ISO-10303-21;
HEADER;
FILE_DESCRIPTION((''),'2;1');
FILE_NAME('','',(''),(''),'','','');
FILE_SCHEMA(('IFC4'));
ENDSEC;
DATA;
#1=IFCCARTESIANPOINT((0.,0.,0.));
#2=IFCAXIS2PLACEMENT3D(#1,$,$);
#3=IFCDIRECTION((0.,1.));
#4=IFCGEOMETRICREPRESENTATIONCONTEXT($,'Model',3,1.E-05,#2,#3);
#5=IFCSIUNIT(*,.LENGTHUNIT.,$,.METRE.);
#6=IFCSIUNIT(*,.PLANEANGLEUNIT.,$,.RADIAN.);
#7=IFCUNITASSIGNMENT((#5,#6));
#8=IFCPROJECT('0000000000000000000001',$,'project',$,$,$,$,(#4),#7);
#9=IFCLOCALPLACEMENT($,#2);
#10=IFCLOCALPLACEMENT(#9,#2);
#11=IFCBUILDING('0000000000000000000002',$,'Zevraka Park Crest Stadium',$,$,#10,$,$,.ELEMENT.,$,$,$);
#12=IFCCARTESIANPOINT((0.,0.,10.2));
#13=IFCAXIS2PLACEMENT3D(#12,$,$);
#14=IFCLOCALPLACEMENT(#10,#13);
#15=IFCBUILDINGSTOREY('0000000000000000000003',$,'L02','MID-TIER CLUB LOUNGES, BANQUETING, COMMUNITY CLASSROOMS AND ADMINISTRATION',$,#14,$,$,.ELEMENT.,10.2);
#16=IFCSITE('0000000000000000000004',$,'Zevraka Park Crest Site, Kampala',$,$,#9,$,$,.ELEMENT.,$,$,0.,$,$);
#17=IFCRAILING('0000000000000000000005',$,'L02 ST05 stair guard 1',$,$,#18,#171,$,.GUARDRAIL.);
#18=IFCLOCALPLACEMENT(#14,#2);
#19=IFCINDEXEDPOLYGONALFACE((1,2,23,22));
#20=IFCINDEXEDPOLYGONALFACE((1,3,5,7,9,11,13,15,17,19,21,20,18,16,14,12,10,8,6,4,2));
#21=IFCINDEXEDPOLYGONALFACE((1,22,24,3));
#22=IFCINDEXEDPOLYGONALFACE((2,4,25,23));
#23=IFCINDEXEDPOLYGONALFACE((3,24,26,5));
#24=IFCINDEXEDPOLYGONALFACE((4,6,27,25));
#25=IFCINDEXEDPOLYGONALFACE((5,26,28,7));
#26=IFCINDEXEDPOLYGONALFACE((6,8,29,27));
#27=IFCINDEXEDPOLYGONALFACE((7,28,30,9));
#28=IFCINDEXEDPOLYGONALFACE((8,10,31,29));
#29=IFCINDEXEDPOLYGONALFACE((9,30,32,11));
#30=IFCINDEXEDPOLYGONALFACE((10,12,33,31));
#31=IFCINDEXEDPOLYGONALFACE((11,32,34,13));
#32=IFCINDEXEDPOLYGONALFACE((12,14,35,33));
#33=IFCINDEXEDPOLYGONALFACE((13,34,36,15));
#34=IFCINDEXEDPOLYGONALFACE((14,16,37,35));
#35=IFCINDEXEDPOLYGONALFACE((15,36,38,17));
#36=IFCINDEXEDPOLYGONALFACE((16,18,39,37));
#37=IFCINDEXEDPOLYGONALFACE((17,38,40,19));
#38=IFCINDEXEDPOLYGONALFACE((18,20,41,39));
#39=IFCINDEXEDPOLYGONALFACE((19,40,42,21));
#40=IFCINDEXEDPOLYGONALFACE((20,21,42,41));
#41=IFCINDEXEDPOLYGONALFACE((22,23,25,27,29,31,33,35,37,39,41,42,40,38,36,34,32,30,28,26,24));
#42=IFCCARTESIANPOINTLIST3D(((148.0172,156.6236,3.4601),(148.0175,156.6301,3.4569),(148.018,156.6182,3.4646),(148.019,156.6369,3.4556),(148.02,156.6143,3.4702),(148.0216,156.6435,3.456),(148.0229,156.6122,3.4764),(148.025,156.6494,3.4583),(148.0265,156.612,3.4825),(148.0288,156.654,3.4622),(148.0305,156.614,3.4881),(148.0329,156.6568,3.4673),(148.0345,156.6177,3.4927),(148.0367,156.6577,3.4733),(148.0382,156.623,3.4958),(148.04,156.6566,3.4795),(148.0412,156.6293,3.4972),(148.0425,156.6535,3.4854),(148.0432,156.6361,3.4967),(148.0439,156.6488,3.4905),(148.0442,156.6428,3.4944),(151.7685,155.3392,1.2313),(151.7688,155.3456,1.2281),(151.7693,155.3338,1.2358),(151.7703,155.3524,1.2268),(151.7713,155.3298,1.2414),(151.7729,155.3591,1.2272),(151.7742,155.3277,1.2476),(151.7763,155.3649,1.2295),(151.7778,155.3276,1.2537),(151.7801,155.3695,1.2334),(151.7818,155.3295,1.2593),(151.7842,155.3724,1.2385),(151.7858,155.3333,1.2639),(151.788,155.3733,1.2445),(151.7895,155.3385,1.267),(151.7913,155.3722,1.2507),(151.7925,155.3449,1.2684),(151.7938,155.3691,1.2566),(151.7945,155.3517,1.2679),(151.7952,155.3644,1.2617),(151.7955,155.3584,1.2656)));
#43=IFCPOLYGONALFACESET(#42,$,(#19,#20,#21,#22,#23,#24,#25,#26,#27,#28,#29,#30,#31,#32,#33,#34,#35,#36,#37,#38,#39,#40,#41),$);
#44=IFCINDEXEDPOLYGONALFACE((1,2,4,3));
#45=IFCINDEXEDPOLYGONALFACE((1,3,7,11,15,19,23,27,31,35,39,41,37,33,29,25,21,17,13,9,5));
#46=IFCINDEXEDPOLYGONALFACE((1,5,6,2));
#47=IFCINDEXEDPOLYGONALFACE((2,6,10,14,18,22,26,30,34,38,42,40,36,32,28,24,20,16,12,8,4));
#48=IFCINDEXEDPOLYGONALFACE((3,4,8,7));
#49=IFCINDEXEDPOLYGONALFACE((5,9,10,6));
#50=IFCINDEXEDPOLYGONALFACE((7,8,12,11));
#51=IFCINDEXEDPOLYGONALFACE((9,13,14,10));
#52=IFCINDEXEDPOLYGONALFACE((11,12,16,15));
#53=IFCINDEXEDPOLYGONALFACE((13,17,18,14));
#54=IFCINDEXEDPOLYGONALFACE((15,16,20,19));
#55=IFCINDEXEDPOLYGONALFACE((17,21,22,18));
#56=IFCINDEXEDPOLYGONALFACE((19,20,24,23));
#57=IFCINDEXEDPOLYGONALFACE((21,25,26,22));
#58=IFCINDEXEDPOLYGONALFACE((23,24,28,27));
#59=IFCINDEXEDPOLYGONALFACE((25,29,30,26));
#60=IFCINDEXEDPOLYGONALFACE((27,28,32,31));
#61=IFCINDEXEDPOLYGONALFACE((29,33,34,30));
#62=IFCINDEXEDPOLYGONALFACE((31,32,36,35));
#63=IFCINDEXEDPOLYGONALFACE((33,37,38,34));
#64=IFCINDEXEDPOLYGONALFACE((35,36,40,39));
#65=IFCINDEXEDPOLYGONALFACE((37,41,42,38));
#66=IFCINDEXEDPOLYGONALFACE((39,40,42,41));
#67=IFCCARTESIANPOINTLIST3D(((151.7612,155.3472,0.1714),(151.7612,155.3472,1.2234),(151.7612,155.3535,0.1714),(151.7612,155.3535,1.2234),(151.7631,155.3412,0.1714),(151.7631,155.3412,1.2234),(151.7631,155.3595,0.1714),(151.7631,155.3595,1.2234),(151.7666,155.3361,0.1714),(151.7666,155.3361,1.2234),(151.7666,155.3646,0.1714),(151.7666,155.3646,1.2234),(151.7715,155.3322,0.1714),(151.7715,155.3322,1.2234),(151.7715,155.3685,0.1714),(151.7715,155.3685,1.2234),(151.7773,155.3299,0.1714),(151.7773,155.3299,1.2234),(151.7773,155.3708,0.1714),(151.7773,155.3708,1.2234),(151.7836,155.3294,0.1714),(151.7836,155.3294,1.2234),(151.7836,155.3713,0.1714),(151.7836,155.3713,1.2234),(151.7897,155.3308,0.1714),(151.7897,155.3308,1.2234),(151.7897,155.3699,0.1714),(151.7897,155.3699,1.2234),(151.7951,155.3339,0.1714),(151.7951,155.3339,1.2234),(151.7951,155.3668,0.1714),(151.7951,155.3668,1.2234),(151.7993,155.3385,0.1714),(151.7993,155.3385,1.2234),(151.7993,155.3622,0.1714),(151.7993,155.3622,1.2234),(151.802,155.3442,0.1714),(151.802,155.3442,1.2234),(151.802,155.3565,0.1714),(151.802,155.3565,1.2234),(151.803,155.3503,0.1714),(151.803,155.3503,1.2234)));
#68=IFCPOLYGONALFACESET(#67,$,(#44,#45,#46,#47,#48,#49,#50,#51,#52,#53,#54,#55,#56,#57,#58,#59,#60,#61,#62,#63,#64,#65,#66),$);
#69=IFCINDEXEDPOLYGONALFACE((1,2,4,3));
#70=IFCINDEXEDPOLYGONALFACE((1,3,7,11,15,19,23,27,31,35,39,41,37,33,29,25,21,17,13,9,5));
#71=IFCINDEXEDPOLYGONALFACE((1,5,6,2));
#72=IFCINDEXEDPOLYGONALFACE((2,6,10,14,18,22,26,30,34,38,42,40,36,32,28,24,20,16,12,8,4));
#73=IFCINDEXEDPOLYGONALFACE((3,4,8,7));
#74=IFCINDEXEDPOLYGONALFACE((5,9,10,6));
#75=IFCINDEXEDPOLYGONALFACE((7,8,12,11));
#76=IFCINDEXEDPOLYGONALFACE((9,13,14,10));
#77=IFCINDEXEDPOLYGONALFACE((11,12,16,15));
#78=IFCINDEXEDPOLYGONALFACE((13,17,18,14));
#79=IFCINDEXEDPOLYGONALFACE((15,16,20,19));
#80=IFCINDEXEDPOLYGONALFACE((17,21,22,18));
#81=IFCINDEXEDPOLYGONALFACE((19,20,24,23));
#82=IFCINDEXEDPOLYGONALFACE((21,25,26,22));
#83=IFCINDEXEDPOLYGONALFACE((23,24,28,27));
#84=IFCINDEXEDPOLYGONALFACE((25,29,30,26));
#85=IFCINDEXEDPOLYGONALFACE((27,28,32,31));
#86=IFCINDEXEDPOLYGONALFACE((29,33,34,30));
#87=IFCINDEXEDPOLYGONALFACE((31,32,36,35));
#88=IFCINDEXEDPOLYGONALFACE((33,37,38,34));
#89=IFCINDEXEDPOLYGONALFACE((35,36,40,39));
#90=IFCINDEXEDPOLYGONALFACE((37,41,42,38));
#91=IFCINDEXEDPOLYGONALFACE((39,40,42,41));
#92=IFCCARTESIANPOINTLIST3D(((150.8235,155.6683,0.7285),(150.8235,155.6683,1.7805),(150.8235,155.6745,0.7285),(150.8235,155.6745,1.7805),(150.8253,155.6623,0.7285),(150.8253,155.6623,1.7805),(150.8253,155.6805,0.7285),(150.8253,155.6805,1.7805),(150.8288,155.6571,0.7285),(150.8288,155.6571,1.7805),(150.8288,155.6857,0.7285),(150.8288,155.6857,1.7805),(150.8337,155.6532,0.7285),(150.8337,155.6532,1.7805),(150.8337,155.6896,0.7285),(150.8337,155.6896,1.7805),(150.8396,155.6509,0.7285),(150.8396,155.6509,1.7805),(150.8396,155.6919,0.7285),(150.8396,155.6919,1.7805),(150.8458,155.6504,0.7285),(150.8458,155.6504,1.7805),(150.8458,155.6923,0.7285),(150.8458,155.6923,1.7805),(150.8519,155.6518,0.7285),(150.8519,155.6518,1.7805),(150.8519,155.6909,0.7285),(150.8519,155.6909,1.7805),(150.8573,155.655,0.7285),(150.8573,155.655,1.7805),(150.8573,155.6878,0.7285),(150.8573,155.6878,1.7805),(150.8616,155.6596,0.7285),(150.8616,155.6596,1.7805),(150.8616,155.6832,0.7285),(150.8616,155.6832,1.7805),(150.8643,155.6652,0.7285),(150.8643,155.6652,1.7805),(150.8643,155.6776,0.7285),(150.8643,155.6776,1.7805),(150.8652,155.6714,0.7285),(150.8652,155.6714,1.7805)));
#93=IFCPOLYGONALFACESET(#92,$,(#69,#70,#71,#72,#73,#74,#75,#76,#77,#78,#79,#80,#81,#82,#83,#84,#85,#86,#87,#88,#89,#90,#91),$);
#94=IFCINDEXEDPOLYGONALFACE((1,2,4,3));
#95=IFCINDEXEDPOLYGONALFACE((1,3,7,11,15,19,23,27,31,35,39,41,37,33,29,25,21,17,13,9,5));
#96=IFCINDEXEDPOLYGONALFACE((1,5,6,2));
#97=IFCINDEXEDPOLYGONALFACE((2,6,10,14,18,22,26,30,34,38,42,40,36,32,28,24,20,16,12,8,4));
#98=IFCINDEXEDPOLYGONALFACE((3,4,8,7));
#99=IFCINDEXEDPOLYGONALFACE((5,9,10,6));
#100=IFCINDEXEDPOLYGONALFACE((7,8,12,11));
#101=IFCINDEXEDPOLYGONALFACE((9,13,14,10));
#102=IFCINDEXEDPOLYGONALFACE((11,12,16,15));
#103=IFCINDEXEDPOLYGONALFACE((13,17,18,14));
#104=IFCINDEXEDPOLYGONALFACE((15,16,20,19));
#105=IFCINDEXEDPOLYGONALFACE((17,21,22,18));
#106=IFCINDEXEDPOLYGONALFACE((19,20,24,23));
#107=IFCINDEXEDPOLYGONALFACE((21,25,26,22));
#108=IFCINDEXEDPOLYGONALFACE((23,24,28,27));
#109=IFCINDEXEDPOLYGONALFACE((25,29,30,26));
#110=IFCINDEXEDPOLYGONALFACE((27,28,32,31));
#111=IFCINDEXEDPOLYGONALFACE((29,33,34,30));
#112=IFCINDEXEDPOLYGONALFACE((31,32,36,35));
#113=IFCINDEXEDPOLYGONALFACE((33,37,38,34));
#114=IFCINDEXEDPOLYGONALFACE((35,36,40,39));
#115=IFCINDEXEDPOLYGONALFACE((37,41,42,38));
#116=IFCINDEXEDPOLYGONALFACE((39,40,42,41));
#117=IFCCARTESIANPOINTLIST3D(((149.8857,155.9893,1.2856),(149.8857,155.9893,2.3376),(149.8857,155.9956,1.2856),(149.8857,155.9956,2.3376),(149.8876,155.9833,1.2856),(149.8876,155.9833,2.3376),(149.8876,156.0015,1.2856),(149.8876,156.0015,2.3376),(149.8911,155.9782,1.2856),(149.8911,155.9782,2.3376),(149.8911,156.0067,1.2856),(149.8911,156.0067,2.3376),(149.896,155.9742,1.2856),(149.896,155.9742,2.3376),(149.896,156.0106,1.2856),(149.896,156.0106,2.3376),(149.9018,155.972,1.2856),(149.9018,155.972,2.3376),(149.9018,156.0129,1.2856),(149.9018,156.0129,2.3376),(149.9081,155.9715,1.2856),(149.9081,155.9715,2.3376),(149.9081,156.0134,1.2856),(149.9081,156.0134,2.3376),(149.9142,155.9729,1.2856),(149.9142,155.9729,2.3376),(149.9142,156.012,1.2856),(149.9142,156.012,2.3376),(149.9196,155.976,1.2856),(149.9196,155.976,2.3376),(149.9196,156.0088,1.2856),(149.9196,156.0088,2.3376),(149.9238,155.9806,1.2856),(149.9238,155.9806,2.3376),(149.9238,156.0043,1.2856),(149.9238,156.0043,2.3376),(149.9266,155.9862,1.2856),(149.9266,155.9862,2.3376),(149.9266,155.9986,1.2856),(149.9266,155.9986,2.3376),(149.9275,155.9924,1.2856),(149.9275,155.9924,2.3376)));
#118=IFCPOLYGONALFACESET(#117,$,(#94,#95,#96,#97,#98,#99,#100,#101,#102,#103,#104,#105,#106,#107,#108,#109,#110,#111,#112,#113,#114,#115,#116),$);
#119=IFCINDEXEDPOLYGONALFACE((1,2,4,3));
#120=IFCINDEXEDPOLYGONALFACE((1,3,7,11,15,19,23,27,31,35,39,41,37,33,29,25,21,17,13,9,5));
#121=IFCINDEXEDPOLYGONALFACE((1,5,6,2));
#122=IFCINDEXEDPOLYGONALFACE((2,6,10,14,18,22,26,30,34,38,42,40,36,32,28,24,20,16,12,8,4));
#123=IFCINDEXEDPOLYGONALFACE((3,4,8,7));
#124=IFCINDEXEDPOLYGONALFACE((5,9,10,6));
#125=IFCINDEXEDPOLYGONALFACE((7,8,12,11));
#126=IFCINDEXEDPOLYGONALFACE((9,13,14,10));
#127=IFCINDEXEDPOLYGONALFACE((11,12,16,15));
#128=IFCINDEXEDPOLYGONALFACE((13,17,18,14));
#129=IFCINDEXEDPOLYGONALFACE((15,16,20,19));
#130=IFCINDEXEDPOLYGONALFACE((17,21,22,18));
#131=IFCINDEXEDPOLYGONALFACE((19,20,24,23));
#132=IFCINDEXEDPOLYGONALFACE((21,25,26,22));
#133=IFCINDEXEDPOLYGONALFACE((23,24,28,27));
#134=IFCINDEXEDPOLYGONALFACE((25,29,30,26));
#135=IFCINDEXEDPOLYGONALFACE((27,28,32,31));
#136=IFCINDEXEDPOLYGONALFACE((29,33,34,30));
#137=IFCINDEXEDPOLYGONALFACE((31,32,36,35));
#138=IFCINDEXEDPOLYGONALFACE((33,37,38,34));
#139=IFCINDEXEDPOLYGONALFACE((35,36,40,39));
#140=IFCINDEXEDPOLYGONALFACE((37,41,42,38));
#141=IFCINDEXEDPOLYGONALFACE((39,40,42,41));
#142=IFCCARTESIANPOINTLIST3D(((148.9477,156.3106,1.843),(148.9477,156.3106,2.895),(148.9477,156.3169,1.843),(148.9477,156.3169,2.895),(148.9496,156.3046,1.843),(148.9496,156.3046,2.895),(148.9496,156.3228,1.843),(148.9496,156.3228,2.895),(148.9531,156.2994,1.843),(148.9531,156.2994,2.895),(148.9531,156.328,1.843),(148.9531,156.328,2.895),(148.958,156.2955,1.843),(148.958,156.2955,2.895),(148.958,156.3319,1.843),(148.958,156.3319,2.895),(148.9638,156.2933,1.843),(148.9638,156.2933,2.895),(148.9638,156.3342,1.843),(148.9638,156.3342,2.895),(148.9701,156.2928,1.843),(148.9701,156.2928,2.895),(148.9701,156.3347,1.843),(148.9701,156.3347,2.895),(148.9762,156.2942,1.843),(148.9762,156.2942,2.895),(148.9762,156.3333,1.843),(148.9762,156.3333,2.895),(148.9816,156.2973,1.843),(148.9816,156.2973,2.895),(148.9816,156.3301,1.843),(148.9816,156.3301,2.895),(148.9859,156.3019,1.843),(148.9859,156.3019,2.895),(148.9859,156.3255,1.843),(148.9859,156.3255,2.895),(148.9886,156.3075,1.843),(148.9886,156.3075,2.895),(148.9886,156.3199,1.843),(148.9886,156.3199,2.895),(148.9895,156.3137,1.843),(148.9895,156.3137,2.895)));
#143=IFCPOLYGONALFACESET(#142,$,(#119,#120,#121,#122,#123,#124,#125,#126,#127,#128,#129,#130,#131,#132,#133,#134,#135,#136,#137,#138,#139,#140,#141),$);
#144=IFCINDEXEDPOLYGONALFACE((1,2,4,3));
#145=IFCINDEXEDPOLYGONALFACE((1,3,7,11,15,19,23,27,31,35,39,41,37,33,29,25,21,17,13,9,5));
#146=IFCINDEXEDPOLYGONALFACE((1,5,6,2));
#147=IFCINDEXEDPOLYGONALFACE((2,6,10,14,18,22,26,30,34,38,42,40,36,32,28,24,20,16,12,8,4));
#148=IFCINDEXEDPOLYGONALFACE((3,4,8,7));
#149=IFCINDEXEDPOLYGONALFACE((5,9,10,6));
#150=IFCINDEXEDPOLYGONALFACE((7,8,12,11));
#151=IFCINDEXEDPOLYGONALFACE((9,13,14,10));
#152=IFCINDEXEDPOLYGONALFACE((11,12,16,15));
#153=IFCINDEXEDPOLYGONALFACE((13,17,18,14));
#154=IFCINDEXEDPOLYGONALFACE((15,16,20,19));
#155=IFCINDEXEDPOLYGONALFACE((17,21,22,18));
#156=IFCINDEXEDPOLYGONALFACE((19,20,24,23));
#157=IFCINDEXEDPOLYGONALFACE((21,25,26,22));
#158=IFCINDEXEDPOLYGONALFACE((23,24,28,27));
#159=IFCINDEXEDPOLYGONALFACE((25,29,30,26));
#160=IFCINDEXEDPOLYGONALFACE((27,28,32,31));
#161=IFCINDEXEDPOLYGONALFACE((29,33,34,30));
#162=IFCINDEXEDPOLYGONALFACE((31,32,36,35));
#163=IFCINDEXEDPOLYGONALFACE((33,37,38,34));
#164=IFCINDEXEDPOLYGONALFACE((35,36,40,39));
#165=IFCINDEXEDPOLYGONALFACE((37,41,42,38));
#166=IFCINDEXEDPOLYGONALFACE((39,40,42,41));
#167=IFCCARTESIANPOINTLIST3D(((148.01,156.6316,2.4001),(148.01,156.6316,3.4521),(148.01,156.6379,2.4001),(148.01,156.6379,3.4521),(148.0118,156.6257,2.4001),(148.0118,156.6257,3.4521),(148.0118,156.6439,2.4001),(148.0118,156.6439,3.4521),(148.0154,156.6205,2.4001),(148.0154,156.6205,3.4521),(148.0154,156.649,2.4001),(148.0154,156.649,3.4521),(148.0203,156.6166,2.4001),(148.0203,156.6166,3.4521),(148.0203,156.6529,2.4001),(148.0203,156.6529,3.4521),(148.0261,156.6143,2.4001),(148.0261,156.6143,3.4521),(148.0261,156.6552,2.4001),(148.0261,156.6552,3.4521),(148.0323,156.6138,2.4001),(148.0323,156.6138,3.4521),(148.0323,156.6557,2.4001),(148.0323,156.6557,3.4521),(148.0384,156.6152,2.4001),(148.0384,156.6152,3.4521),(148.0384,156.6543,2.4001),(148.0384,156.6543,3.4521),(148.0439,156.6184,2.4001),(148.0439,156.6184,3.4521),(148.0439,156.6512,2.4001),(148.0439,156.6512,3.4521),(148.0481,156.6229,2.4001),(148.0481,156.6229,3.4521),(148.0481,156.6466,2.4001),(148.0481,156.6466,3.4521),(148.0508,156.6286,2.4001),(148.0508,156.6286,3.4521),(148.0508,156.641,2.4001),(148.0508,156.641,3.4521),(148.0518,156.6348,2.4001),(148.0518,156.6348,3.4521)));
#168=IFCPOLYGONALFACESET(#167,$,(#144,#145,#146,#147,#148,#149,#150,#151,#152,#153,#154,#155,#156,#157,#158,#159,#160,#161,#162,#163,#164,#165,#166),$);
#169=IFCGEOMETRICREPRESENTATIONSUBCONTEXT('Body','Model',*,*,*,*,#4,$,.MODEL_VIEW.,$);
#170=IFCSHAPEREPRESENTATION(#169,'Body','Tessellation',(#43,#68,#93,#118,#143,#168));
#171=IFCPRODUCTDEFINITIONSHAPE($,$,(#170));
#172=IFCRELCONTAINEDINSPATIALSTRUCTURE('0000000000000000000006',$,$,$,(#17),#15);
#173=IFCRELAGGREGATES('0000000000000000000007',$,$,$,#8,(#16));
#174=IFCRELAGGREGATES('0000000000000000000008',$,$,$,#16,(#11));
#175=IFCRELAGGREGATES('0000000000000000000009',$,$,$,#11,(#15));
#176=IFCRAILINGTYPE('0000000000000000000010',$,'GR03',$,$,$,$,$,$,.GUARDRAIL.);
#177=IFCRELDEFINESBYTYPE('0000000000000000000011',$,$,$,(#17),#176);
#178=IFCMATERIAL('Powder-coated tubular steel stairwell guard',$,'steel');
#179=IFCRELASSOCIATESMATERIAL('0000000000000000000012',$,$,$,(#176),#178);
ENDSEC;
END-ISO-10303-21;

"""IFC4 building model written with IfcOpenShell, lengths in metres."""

from ifc_helpers import new_model, si_unit, direction, frame, origin, origin_2d, place, context, subcontext, project, spatial, circle, extrude, material, type_object, element, save


model = new_model("IFC4")

# Units and contexts
model_context = context("Model", 3, precision=1e-05, world=origin(), true_north=direction((0.0, 1.0)))
body_context = subcontext(model_context, "Body", "Model", "MODEL_VIEW")
ifc_project = project(units=[si_unit("LENGTHUNIT", "METRE"), si_unit("PLANEANGLEUNIT", "RADIAN")], contexts=[model_context])

# Site, building, storey
site_placement = place(None, origin())
site = spatial("IfcSite", under=ifc_project, at=site_placement, Name="Zevraka Park Crest Site, Kampala", CompositionType="ELEMENT", RefElevation=0.0)
building_placement = place(site_placement, origin())
building = spatial("IfcBuilding", under=site, at=building_placement, Name="Zevraka Park Crest Stadium", CompositionType="ELEMENT")
storey_placement = place(building_placement, frame((0.0, 0.0, 10.2)))
storey = spatial("IfcBuildingStorey", under=building, at=storey_placement, Name="L02", Description="MID-TIER CLUB LOUNGES, BANQUETING, COMMUNITY CLASSROOMS AND ADMINISTRATION", CompositionType="ELEMENT", Elevation=10.2)

# Railing
ifc_material_1 = material(Name="Powder-coated tubular steel stairwell guard", Category="steel")
railing_type_1 = type_object("IfcRailingType", Name="GR03", PredefinedType="GUARDRAIL", material=ifc_material_1)
railing_1_placement = place(storey_placement, frame((151.782, 155.3503, 0.1714)))
element("IfcRailing", 1, at=railing_1_placement, inside=storey, type_object=railing_type_1, Name="L02 ST05 stair guard 1", PredefinedType="GUARDRAIL", context=body_context, shape_type="SweptSolid", body=[
    extrude(circle(Radius=0.0239, at=origin_2d()), frame((0.0, 0.0, 1.0762), z_axis=(-0.824718, 0.282385, 0.49), x_axis=(-0.323939, -0.946078, 0.0)), (0.0, 0.0, 1.0), 4.5486),
    extrude(circle(Radius=0.021, at=origin_2d()), origin(), (0.0, 0.0, 1.0), 1.052),
    extrude(circle(Radius=0.021, at=origin_2d()), frame((-0.9377, 0.321, 0.5571)), (0.0, 0.0, 1.0), 1.052),
    extrude(circle(Radius=0.021, at=origin_2d()), frame((-1.8755, 0.6421, 1.1143)), (0.0, 0.0, 1.0), 1.052),
    extrude(circle(Radius=0.021, at=origin_2d()), frame((-2.8135, 0.9634, 1.6716)), (0.0, 0.0, 1.0), 1.052),
    extrude(circle(Radius=0.021, at=origin_2d()), frame((-3.7512, 1.2844, 2.2288)), (0.0, 0.0, 1.0), 1.052),
])

save(model, "model.ifc")
